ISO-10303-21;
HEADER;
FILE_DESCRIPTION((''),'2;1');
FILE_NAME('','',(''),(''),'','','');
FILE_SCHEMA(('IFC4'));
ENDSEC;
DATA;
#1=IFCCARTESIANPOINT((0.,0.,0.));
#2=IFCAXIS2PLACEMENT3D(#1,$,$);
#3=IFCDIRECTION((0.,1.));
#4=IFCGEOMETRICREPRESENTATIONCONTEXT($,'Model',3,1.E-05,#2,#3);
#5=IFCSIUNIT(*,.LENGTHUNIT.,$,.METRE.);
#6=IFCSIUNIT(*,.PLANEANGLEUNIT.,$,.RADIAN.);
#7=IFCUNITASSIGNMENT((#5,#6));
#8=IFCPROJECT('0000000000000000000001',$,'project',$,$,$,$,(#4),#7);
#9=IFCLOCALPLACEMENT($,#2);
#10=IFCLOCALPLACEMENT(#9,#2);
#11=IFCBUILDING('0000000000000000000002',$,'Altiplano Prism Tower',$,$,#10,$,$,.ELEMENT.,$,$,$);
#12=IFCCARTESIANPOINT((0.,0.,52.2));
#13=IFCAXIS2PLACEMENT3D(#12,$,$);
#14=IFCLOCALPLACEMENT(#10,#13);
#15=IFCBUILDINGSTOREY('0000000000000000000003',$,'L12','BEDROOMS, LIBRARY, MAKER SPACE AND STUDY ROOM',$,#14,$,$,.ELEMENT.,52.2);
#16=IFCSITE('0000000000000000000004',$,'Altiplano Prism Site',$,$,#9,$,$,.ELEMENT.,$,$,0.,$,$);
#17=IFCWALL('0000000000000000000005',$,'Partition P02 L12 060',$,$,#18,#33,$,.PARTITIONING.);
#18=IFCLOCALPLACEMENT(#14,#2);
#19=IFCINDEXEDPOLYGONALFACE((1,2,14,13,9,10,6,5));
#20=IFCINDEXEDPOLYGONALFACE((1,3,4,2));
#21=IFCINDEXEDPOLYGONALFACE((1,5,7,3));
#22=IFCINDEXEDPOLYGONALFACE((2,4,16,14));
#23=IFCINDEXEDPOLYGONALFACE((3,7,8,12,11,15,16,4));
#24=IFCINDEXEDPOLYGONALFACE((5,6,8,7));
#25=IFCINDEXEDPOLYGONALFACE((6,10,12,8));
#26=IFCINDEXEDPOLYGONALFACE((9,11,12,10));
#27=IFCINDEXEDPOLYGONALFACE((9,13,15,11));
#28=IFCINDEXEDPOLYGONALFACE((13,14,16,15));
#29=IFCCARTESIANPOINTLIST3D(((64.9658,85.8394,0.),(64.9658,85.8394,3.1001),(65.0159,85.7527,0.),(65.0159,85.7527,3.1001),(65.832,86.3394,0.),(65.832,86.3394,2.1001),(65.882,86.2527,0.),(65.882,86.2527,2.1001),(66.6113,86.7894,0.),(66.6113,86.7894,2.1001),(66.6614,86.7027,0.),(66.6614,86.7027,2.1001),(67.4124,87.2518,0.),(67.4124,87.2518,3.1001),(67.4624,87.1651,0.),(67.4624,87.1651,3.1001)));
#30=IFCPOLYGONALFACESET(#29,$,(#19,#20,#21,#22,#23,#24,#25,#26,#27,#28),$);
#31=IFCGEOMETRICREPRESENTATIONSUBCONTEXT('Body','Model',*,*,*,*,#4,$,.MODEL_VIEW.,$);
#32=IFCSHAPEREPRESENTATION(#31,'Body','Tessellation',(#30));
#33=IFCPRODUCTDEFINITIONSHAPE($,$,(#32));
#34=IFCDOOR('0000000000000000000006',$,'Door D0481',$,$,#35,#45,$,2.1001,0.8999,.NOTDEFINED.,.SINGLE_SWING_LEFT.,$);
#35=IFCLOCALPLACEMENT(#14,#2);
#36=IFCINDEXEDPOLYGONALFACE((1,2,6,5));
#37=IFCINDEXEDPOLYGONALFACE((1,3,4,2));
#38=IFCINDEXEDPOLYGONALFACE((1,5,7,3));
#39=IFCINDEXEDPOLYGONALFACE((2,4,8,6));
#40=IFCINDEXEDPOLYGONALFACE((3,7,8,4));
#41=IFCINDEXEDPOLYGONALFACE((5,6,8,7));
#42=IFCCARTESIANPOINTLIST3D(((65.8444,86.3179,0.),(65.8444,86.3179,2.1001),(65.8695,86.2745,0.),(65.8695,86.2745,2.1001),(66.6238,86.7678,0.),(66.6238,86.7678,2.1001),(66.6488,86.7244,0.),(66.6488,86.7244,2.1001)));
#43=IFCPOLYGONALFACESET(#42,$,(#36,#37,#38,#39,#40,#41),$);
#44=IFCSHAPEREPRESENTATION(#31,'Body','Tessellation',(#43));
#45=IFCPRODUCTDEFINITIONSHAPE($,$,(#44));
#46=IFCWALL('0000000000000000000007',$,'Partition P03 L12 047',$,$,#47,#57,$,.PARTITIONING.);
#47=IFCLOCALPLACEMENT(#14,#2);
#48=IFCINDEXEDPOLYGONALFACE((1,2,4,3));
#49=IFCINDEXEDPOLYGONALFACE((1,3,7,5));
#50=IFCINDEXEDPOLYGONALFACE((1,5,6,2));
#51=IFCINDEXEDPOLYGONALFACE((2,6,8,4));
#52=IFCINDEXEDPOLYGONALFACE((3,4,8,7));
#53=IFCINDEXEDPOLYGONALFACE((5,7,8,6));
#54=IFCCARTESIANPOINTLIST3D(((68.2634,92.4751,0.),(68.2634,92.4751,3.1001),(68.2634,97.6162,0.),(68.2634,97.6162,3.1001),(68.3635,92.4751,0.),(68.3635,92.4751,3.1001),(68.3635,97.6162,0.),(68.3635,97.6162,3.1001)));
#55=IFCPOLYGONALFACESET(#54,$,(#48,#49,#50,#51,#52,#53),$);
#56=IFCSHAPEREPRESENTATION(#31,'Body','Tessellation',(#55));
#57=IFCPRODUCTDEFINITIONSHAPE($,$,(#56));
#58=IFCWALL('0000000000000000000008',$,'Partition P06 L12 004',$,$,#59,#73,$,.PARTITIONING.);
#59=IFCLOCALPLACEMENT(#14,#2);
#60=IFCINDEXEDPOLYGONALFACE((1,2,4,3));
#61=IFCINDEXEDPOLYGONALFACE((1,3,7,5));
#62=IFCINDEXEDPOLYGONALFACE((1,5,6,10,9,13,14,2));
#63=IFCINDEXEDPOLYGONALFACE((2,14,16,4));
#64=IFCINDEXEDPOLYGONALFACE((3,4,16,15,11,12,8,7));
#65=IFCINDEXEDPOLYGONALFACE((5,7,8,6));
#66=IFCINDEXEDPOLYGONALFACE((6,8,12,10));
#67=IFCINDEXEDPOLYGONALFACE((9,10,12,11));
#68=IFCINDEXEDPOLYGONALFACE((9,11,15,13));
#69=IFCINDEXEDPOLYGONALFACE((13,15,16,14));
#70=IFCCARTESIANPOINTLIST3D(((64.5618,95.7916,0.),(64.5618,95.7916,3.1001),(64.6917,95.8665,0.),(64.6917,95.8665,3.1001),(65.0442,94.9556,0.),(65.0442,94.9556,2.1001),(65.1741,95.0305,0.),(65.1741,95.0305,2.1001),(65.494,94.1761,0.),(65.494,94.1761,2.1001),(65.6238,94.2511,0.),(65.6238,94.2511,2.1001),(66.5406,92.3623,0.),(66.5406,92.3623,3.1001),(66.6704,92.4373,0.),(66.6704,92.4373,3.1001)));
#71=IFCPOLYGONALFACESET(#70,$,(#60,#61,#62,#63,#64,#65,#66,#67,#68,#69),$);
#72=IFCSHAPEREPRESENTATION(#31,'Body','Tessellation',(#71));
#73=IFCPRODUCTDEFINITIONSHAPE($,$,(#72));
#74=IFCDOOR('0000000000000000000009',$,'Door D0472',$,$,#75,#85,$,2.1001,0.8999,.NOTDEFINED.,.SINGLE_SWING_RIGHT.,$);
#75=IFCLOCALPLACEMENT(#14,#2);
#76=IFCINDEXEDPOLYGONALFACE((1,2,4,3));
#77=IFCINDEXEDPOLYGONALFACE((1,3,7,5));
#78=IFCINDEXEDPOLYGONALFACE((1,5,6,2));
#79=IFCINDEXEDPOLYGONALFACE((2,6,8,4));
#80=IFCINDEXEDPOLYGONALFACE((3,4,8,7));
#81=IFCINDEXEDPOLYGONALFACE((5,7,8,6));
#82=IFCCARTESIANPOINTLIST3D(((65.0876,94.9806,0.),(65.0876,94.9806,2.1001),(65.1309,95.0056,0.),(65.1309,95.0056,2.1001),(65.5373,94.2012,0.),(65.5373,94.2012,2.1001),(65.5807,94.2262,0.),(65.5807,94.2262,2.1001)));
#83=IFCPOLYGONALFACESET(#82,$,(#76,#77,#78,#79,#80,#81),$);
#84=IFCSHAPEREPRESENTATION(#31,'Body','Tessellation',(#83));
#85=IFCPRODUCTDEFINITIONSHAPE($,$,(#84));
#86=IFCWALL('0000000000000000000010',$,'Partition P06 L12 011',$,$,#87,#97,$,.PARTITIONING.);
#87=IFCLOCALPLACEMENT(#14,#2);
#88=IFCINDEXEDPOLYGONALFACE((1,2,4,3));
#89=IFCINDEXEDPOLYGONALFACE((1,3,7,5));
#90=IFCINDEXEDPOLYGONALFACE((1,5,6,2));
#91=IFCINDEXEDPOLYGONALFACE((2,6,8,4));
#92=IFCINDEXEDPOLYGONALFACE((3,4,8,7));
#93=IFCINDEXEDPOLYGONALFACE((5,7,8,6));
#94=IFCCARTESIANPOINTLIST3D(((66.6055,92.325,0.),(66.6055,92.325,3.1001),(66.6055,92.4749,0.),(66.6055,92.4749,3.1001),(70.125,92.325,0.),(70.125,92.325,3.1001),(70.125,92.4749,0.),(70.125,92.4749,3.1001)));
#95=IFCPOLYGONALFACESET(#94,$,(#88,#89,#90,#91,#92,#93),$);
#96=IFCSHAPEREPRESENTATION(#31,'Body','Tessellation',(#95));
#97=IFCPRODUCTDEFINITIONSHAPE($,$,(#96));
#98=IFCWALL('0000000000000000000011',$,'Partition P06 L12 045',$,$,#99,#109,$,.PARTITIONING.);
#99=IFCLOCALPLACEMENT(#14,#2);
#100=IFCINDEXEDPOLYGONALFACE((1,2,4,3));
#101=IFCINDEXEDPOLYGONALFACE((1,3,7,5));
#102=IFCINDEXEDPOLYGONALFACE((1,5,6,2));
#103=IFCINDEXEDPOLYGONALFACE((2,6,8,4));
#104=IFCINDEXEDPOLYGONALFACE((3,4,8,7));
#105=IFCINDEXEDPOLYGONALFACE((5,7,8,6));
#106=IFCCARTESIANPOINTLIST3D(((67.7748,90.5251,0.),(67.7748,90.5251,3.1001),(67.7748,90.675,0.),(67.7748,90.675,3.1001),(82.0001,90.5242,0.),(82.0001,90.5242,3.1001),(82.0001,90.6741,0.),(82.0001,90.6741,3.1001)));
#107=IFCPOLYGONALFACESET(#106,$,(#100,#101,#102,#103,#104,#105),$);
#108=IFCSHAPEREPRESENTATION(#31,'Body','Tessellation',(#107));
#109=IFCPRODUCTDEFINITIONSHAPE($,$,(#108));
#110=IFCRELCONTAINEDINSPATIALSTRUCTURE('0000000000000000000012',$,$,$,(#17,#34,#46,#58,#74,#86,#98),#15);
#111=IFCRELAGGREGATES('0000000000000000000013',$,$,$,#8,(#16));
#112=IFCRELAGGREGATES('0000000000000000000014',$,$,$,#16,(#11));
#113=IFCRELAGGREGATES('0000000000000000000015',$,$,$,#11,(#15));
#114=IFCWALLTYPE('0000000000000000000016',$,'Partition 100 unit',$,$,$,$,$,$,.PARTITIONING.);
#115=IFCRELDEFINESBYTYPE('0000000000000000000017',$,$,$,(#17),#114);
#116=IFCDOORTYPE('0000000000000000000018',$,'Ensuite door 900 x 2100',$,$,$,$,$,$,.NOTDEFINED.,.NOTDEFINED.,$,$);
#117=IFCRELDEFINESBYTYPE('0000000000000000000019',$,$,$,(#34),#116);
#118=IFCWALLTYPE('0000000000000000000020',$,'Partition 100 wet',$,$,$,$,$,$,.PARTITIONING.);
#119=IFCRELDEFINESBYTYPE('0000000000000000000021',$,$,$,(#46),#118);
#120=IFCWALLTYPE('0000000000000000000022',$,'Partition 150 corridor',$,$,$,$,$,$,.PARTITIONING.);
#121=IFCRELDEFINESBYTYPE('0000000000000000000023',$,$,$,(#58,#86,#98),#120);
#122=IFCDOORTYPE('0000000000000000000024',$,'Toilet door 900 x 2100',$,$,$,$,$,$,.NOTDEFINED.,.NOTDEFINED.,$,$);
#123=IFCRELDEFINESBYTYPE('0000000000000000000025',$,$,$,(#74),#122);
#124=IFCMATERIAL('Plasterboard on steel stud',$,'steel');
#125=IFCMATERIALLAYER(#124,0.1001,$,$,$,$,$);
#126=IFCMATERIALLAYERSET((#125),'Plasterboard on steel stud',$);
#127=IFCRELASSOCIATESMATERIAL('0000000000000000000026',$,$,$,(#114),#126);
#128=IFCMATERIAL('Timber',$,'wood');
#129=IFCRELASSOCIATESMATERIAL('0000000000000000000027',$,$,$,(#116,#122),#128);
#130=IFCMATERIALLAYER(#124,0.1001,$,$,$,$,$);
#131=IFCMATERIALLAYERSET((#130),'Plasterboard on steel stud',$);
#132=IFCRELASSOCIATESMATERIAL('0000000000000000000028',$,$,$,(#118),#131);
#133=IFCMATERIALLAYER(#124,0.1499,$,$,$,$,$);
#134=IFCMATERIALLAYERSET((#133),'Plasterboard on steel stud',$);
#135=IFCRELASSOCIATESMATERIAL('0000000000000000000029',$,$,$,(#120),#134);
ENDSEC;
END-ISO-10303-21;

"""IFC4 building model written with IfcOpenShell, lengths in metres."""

from ifc_helpers import new_model, si_unit, direction, frame, frame_2d, origin, place, context, subcontext, project, spatial, rectangle, extrude, material, layer, layer_set, type_object, element, fill, save


model = new_model("IFC4")

# Units and contexts
model_context = context("Model", 3, precision=1e-05, world=origin(), true_north=direction((0.0, 1.0)))
body_context = subcontext(model_context, "Body", "Model", "MODEL_VIEW")
ifc_project = project(units=[si_unit("LENGTHUNIT", "METRE"), si_unit("PLANEANGLEUNIT", "RADIAN")], contexts=[model_context])

# Site, building, storey
site_placement = place(None, origin())
site = spatial("IfcSite", under=ifc_project, at=site_placement, Name="Altiplano Prism Site", CompositionType="ELEMENT", RefElevation=0.0)
building_placement = place(site_placement, origin())
building = spatial("IfcBuilding", under=site, at=building_placement, Name="Altiplano Prism Tower", CompositionType="ELEMENT")
storey_placement = place(building_placement, frame((0.0, 0.0, 52.2)))
storey = spatial("IfcBuildingStorey", under=building, at=storey_placement, Name="L12", Description="BEDROOMS, LIBRARY, MAKER SPACE AND STUDY ROOM", CompositionType="ELEMENT", Elevation=52.2)

# Wall, opening, door
ifc_material_1 = material(Name="Plasterboard on steel stud", Category="steel")
ifc_layer_1 = layer(ifc_material_1, 0.1001)
ifc_layer_set_1 = layer_set([ifc_layer_1], Name="Plasterboard on steel stud")
wall_type_1 = type_object("IfcWallType", Name="Partition 100 unit", PredefinedType="PARTITIONING", material=ifc_layer_set_1)
wall_1_placement = place(storey_placement, frame((67.4375, 87.2085, 0.0), z_axis=(0.0, 0.0, 1.0), x_axis=(-0.866049, -0.499959, 0.0)))
wall_1 = element("IfcWall", 1, at=wall_1_placement, inside=storey, type_object=wall_type_1, Name="Partition P02 L12 060", PredefinedType="PARTITIONING", context=body_context, shape_type="SweptSolid", body=[
    extrude(rectangle(XDim=2.825, YDim=0.1001, at=frame_2d((1.4126, 0.0))), origin(), (0.0, 0.0, 1.0), 3.1001),
])
opening_1_placement = place(wall_1_placement, frame((0.925, 0.0, 0.0)))
opening_1 = element("IfcOpeningElement", 2, at=opening_1_placement, cuts=wall_1, PredefinedType="OPENING", context=body_context, shape_type="SweptSolid", body=[
    extrude(rectangle(XDim=0.8999, YDim=2.1001, at=frame_2d((0.45, 1.05))), frame((0.0, 0.0605, 0.0), z_axis=(0.0, -1.0, 0.0), x_axis=(1.0, 0.0, 0.0)), (0.0, 0.0, 1.0), 0.1211),
])
ifc_material_2 = material(Name="Timber", Category="wood")
door_type_1 = type_object("IfcDoorType", Name="Ensuite door 900 x 2100", OperationType="NOTDEFINED", PredefinedType="NOTDEFINED", material=ifc_material_2)
door_1_placement = place(opening_1_placement, origin())
door_1 = element("IfcDoor", 3, at=door_1_placement, inside=storey, type_object=door_type_1, Name="Door D0481", OperationType="SINGLE_SWING_LEFT", OverallHeight=2.1001, OverallWidth=0.8999, PredefinedType="NOTDEFINED", context=body_context, shape_type="SweptSolid", body=[
    extrude(rectangle(XDim=0.8999, YDim=2.1001, at=frame_2d((0.45, 1.05))), frame((0.0, 0.0249, 0.0), z_axis=(0.0, -1.0, 0.0), x_axis=(1.0, 0.0, 0.0)), (0.0, 0.0, 1.0), 0.05),
])
fill(opening_1, door_1)

# Wall
ifc_layer_2 = layer(ifc_material_1, 0.1001)
ifc_layer_set_2 = layer_set([ifc_layer_2], Name="Plasterboard on steel stud")
wall_type_2 = type_object("IfcWallType", Name="Partition 100 wet", PredefinedType="PARTITIONING", material=ifc_layer_set_2)
wall_2_placement = place(storey_placement, frame((68.3135, 92.4751, 0.0), z_axis=(0.0, 0.0, 1.0), x_axis=(0.0, 1.0, 0.0)))
element("IfcWall", 4, at=wall_2_placement, inside=storey, type_object=wall_type_2, Name="Partition P03 L12 047", PredefinedType="PARTITIONING", context=body_context, shape_type="SweptSolid", body=[
    extrude(rectangle(XDim=5.1411, YDim=0.1001, at=frame_2d((2.5706, 0.0))), origin(), (0.0, 0.0, 1.0), 3.1001),
])

# Wall, opening, door
ifc_layer_3 = layer(ifc_material_1, 0.1499)
ifc_layer_set_3 = layer_set([ifc_layer_3], Name="Plasterboard on steel stud")
wall_type_3 = type_object("IfcWallType", Name="Partition 150 corridor", PredefinedType="PARTITIONING", material=ifc_layer_set_3)
wall_3_placement = place(storey_placement, frame((66.6055, 92.3999, 0.0), z_axis=(0.0, 0.0, 1.0), x_axis=(-0.499794, 0.866145, 0.0)))
wall_3 = element("IfcWall", 5, at=wall_3_placement, inside=storey, type_object=wall_type_3, Name="Partition P06 L12 004", PredefinedType="PARTITIONING", context=body_context, shape_type="SweptSolid", body=[
    extrude(rectangle(XDim=3.9592, YDim=0.1499, at=frame_2d((1.9795, 0.0))), origin(), (0.0, 0.0, 1.0), 3.1001),
])
opening_2_placement = place(wall_3_placement, frame((2.094, 0.0, 0.0)))
opening_2 = element("IfcOpeningElement", 6, at=opening_2_placement, cuts=wall_3, PredefinedType="OPENING", context=body_context, shape_type="SweptSolid", body=[
    extrude(rectangle(XDim=0.8999, YDim=2.1001, at=frame_2d((0.45, 1.05))), frame((0.0, 0.0854, 0.0), z_axis=(0.0, -1.0, 0.0), x_axis=(1.0, 0.0, 0.0)), (0.0, 0.0, 1.0), 0.1709),
])
door_type_2 = type_object("IfcDoorType", Name="Toilet door 900 x 2100", OperationType="NOTDEFINED", PredefinedType="NOTDEFINED", material=ifc_material_2)
door_2_placement = place(opening_2_placement, origin())
door_2 = element("IfcDoor", 7, at=door_2_placement, inside=storey, type_object=door_type_2, Name="Door D0472", OperationType="SINGLE_SWING_RIGHT", OverallHeight=2.1001, OverallWidth=0.8999, PredefinedType="NOTDEFINED", context=body_context, shape_type="SweptSolid", body=[
    extrude(rectangle(XDim=0.8999, YDim=2.1001, at=frame_2d((0.45, 1.05))), frame((0.0, 0.0249, 0.0), z_axis=(0.0, -1.0, 0.0), x_axis=(1.0, 0.0, 0.0)), (0.0, 0.0, 1.0), 0.05),
])
fill(opening_2, door_2)

# Walls
wall_4_placement = place(storey_placement, frame((70.125, 92.3999, 0.0), z_axis=(0.0, 0.0, 1.0), x_axis=(-1.0, 0.0, 0.0)))
element("IfcWall", 8, at=wall_4_placement, inside=storey, type_object=wall_type_3, Name="Partition P06 L12 011", PredefinedType="PARTITIONING", context=body_context, shape_type="SweptSolid", body=[
    extrude(rectangle(XDim=3.5195, YDim=0.1499, at=frame_2d((1.7598, 0.0))), origin(), (0.0, 0.0, 1.0), 3.1001),
])
wall_5_placement = place(storey_placement, frame((67.7747, 90.6001, 0.0), z_axis=(0.0, 0.0, 1.0), x_axis=(1.0, -0.000069, 0.0)))
element("IfcWall", 9, at=wall_5_placement, inside=storey, type_object=wall_type_3, Name="Partition P06 L12 045", PredefinedType="PARTITIONING", context=body_context, shape_type="SweptSolid", body=[
    extrude(rectangle(XDim=14.2253, YDim=0.1499, at=frame_2d((7.1128, 0.0))), origin(), (0.0, 0.0, 1.0), 3.1001),
])

save(model, "model.ifc")
